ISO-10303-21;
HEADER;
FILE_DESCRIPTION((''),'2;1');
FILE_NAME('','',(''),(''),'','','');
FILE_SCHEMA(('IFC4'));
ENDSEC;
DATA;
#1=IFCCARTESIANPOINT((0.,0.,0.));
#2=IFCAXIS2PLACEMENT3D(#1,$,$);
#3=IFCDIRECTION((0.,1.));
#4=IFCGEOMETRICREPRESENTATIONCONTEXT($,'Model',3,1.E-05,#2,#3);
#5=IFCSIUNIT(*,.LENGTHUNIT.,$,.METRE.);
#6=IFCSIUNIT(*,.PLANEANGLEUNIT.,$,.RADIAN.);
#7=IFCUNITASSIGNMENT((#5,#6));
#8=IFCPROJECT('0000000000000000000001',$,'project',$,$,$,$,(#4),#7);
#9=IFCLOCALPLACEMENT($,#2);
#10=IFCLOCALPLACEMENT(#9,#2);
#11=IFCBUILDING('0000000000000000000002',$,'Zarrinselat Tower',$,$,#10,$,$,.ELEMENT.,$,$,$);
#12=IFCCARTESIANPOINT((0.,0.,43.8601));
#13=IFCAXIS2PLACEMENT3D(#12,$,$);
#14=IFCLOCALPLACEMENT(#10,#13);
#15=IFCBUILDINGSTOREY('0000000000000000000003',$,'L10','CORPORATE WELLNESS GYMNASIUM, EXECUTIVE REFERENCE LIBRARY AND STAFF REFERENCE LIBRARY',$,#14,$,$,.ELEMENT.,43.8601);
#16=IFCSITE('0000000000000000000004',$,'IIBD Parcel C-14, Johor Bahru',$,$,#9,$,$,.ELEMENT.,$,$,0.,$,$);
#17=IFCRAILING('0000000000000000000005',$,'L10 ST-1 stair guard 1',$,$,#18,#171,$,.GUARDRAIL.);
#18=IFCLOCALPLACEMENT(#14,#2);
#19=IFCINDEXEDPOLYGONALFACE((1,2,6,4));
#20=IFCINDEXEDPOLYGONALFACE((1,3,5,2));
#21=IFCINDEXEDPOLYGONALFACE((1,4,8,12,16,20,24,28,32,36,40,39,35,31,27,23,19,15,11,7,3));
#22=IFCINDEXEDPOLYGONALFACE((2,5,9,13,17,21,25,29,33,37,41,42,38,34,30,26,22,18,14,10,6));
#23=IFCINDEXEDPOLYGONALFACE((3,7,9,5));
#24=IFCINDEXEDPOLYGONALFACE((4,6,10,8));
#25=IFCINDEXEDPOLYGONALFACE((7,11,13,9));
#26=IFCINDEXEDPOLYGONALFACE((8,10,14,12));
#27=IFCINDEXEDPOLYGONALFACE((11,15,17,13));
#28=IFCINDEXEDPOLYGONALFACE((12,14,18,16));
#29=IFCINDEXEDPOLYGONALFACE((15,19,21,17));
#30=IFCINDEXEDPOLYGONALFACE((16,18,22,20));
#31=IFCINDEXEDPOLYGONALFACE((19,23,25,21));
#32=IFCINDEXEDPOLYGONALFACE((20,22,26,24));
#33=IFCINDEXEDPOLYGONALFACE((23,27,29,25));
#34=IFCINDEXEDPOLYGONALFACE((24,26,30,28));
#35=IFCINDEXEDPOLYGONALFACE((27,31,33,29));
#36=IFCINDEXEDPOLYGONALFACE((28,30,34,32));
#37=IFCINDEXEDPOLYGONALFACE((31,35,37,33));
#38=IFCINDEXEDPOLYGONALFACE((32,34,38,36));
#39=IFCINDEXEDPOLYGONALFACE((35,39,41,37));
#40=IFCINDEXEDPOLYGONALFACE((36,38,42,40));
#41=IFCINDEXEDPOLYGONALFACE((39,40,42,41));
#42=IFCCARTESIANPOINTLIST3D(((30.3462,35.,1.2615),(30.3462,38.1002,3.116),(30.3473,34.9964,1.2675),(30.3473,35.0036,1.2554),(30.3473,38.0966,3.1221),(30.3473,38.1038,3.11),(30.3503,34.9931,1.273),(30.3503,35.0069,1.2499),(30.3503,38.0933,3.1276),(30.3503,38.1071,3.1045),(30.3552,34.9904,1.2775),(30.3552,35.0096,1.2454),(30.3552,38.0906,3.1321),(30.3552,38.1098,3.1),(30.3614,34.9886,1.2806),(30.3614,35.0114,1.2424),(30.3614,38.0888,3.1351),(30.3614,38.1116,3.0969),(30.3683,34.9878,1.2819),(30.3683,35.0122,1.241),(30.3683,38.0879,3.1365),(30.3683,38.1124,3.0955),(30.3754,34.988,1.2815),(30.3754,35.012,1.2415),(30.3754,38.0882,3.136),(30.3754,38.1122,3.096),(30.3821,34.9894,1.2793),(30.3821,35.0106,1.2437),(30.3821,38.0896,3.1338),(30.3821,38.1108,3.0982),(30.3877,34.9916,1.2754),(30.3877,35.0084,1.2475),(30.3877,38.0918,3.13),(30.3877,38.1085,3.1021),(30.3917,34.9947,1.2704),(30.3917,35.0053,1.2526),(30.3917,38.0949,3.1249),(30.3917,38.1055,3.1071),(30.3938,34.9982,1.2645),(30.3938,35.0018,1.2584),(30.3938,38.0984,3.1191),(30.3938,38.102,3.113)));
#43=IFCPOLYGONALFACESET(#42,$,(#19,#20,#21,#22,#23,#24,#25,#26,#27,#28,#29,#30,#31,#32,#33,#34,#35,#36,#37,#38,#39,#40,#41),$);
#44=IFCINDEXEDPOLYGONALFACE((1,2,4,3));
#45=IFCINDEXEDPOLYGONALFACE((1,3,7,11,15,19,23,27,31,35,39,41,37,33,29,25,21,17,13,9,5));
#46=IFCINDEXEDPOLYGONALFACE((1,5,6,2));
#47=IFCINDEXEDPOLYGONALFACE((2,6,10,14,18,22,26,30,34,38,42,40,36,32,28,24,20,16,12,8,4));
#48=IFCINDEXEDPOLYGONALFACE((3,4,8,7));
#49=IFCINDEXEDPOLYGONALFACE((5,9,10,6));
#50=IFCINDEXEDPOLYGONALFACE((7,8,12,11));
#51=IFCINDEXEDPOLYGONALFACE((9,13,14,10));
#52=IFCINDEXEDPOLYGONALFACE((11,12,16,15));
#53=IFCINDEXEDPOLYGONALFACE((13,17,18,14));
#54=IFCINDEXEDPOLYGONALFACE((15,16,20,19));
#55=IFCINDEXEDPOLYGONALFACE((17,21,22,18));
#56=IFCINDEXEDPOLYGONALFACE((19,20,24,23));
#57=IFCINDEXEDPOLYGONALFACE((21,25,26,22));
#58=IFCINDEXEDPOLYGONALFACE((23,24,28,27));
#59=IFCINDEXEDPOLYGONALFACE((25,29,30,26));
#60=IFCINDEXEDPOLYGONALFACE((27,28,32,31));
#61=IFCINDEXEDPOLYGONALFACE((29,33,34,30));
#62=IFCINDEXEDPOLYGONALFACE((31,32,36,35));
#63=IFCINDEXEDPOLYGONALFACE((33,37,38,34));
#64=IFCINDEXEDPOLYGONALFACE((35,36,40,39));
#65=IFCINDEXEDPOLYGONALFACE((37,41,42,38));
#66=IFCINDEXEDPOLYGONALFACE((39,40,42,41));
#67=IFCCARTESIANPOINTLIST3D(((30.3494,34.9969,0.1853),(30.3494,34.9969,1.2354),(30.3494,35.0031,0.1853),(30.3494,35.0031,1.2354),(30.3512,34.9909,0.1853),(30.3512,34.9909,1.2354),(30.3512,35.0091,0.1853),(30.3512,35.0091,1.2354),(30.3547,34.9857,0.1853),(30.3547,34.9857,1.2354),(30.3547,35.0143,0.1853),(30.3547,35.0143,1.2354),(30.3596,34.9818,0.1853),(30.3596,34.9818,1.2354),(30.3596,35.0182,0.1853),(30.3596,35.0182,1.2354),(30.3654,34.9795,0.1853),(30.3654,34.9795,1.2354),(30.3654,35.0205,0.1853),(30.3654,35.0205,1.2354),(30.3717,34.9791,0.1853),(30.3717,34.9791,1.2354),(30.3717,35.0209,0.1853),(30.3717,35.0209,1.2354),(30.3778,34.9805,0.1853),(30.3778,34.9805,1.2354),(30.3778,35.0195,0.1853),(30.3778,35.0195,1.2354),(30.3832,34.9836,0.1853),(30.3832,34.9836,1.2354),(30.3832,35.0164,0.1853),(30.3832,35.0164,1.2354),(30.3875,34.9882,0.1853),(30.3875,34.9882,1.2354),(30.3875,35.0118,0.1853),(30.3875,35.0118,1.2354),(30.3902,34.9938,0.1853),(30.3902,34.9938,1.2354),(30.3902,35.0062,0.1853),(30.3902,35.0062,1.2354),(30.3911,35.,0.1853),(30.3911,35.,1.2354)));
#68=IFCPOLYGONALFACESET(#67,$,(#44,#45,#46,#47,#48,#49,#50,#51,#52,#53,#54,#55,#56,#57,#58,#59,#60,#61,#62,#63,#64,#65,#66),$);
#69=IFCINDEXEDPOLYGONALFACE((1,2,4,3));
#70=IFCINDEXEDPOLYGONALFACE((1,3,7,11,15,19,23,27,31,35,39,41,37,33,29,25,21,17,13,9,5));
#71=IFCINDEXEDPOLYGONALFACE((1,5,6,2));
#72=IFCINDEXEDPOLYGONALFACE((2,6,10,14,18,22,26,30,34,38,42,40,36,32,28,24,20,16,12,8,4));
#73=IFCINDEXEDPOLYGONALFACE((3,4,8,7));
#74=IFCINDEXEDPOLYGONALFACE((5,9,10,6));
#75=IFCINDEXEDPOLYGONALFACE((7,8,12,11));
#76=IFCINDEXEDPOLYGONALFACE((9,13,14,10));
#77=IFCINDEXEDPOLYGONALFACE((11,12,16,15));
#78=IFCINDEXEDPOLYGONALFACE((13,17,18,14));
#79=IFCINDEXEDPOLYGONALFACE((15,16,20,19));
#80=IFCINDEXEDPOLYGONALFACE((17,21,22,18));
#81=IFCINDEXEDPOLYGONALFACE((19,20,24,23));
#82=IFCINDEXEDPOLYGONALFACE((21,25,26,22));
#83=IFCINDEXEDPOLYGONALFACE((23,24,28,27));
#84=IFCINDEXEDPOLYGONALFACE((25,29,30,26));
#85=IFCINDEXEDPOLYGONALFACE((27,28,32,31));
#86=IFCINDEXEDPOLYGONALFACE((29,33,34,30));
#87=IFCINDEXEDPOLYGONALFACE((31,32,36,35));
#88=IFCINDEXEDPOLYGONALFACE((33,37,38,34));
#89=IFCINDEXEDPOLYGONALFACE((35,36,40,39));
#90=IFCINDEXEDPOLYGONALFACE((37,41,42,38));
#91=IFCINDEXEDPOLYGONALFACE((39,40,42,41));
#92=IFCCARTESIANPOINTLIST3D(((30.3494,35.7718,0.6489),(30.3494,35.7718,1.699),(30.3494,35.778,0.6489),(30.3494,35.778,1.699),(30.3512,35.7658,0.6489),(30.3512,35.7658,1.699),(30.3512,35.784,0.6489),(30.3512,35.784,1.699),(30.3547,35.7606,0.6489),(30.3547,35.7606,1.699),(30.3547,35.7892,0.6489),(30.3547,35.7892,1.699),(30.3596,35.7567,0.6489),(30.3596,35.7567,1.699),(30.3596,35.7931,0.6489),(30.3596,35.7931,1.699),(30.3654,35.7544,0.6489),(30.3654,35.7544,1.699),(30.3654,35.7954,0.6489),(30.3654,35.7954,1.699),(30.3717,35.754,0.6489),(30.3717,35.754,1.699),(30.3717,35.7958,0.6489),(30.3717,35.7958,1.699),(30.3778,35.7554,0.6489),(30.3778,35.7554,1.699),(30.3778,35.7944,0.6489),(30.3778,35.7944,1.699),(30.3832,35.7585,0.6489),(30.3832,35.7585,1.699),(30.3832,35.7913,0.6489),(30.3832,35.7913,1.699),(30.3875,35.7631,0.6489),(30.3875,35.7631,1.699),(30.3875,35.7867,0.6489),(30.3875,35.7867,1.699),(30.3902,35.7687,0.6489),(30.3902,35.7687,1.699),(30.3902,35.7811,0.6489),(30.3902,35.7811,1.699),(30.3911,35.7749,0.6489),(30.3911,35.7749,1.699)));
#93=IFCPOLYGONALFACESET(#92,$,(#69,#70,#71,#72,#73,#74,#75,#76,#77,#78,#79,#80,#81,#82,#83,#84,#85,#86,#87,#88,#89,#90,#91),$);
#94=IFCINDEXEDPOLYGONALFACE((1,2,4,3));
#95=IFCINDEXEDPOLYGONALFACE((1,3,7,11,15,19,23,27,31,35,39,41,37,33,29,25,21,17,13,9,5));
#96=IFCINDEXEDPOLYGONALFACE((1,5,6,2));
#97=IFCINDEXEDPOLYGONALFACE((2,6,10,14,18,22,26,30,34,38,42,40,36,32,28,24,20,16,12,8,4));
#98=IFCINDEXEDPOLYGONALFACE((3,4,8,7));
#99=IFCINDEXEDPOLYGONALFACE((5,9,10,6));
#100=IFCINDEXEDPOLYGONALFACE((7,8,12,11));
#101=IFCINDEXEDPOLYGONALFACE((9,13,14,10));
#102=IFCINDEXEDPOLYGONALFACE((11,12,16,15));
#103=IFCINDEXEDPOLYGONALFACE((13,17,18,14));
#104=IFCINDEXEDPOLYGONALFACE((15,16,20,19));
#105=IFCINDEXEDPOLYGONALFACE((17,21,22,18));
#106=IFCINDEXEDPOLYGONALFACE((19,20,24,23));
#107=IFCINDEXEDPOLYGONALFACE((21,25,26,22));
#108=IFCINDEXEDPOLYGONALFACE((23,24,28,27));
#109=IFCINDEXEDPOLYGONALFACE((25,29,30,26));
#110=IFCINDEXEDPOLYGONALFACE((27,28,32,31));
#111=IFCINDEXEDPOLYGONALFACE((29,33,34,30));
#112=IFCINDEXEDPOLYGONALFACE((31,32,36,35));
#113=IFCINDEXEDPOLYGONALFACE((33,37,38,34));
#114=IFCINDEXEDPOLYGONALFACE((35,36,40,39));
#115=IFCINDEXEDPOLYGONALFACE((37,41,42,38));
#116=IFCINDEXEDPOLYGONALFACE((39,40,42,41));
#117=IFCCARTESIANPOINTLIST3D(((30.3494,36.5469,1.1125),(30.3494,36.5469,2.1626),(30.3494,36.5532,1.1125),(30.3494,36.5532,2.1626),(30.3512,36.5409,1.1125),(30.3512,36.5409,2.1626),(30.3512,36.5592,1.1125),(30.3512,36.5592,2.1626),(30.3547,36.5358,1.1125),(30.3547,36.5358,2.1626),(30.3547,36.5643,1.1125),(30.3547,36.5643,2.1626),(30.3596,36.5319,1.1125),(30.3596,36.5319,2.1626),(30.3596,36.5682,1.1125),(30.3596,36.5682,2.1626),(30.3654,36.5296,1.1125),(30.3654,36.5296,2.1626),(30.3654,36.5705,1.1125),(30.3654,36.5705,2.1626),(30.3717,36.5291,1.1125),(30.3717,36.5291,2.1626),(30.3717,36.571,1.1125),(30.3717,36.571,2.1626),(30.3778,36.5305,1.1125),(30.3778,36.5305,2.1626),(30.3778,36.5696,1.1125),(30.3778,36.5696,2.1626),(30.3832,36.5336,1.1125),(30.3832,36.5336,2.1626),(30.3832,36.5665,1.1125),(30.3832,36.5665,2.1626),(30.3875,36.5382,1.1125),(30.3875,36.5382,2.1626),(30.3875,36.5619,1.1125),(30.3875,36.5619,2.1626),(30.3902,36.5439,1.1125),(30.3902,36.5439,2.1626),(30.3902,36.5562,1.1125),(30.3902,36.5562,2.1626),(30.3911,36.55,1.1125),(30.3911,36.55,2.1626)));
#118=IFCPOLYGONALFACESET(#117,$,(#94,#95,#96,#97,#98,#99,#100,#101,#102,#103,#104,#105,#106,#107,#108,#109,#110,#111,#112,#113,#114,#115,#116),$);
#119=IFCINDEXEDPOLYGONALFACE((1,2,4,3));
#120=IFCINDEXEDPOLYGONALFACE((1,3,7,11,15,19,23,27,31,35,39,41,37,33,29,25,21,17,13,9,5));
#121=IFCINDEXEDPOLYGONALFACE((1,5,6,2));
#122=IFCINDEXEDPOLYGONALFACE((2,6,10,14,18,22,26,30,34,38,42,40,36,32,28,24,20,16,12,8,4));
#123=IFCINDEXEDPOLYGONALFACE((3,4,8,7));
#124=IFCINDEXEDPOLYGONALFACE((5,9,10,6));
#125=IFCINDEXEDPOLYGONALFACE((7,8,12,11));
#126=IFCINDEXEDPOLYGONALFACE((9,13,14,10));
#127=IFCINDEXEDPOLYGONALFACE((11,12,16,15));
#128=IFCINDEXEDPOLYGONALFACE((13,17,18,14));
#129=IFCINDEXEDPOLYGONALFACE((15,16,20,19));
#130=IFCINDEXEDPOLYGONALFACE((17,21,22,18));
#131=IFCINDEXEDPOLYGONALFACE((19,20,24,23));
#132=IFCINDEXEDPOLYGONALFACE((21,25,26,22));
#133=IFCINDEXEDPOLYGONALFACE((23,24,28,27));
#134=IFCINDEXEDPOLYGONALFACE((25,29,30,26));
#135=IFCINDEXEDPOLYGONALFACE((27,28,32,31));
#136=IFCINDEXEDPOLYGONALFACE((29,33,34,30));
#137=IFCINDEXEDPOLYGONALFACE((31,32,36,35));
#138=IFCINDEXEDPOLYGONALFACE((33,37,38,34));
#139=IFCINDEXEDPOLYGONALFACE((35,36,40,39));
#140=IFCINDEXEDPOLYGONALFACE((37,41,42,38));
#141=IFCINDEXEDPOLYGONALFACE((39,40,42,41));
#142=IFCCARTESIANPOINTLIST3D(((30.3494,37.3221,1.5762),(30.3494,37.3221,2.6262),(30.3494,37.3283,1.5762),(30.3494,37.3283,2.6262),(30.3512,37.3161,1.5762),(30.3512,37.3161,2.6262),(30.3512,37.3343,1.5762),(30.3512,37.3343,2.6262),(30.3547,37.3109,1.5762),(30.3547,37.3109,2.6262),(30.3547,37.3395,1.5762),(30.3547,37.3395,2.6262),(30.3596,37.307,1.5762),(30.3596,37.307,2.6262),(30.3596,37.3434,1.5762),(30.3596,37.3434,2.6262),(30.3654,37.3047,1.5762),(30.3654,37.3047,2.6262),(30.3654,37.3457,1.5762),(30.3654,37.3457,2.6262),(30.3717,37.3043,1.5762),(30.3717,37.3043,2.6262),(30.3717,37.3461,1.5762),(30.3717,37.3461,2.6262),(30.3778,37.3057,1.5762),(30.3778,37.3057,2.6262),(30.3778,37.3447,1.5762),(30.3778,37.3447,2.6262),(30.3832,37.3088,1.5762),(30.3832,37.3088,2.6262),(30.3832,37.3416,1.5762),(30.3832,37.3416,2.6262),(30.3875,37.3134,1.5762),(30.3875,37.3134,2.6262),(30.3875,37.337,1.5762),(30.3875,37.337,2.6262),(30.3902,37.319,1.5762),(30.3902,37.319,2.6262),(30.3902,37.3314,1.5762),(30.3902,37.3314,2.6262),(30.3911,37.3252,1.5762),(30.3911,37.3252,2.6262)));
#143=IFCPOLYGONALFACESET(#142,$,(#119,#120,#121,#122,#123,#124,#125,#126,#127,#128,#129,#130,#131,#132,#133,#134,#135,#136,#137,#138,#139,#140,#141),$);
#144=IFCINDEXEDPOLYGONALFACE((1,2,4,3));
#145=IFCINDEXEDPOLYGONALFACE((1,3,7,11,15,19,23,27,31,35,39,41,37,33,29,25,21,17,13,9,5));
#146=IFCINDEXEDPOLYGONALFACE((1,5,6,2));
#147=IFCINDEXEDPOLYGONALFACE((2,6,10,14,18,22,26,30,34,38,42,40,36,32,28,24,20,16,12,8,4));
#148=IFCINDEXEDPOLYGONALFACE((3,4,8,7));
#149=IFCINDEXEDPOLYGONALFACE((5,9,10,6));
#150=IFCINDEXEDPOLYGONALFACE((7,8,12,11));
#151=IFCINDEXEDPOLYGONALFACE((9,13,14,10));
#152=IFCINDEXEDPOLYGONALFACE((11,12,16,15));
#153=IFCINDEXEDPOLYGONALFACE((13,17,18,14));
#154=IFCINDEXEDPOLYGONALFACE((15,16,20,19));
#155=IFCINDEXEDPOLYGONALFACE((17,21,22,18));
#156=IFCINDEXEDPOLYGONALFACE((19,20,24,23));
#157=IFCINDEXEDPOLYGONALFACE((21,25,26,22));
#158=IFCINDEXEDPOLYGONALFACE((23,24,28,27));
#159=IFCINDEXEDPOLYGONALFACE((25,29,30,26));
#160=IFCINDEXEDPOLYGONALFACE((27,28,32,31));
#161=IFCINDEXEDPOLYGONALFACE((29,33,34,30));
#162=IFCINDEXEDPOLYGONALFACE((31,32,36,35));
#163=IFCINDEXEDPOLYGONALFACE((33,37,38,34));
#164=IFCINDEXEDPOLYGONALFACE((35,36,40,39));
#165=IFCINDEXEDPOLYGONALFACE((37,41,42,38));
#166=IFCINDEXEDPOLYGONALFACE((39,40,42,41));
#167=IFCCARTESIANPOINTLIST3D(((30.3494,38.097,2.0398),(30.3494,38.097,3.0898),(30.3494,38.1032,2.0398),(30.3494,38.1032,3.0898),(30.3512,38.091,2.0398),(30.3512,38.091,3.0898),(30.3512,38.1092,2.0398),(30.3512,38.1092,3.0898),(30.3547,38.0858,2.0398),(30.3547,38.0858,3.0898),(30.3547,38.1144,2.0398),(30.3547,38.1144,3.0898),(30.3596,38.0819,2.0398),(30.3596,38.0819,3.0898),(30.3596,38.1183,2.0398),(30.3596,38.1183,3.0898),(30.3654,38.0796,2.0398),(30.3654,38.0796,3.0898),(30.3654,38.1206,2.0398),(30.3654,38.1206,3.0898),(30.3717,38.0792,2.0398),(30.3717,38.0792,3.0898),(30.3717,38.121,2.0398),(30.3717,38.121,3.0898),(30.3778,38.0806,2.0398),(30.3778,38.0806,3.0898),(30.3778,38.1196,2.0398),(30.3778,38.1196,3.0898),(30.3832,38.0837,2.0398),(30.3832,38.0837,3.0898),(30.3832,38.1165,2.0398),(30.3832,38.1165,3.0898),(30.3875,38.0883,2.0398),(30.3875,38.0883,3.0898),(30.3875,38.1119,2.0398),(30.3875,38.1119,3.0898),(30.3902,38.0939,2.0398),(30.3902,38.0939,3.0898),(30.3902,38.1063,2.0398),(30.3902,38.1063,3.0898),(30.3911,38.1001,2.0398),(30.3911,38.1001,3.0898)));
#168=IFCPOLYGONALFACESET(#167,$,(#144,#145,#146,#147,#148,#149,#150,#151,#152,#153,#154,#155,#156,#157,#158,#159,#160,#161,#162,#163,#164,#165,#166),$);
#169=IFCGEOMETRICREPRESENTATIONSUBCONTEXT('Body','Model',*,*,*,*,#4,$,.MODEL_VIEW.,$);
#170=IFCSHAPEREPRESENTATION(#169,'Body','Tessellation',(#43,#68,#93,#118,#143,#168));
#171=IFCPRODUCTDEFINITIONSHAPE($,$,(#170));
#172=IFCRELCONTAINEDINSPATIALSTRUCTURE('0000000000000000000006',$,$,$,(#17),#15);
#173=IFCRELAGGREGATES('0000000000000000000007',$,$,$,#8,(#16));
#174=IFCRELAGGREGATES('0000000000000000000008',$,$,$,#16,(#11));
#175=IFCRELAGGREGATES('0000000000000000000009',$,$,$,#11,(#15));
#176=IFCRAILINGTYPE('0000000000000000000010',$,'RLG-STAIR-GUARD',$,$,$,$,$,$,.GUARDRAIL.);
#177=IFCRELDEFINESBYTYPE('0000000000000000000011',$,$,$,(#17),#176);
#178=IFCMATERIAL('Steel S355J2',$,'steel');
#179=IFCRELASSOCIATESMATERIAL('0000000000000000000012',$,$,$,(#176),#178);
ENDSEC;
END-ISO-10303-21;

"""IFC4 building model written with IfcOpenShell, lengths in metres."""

from ifc_helpers import new_model, si_unit, direction, frame, origin, origin_2d, place, context, subcontext, project, spatial, circle, extrude, material, type_object, element, save


model = new_model("IFC4")

# Units and contexts
model_context = context("Model", 3, precision=1e-05, world=origin(), true_north=direction((0.0, 1.0)))
body_context = subcontext(model_context, "Body", "Model", "MODEL_VIEW")
ifc_project = project(units=[si_unit("LENGTHUNIT", "METRE"), si_unit("PLANEANGLEUNIT", "RADIAN")], contexts=[model_context])

# Site, building, storey
site_placement = place(None, origin())
site = spatial("IfcSite", under=ifc_project, at=site_placement, Name="IIBD Parcel C-14, Johor Bahru", CompositionType="ELEMENT", RefElevation=0.0)
building_placement = place(site_placement, origin())
building = spatial("IfcBuilding", under=site, at=building_placement, Name="Zarrinselat Tower", CompositionType="ELEMENT")
storey_placement = place(building_placement, frame((0.0, 0.0, 43.8601)))
storey = spatial("IfcBuildingStorey", under=building, at=storey_placement, Name="L10", Description="CORPORATE WELLNESS GYMNASIUM, EXECUTIVE REFERENCE LIBRARY AND STAFF REFERENCE LIBRARY", CompositionType="ELEMENT", Elevation=43.8601)

# Railing
ifc_material_1 = material(Name="Steel S355J2", Category="steel")
railing_type_1 = type_object("IfcRailingType", Name="RLG-STAIR-GUARD", PredefinedType="GUARDRAIL", material=ifc_material_1)
railing_1_placement = place(storey_placement, frame((30.3701, 35.0, 0.1853)))
element("IfcRailing", 1, at=railing_1_placement, inside=storey, type_object=railing_type_1, Name="L10 ST-1 stair guard 1", PredefinedType="GUARDRAIL", context=body_context, shape_type="SweptSolid", body=[
    extrude(circle(Radius=0.0239, at=origin_2d()), frame((0.0, 0.0, 1.0762), z_axis=(0.0, 0.858172, 0.513362), x_axis=(-1.0, 0.0, 0.0)), (0.0, 0.0, 1.0), 3.6125),
    extrude(circle(Radius=0.021, at=origin_2d()), origin(), (0.0, 0.0, 1.0), 1.05),
    extrude(circle(Radius=0.021, at=origin_2d()), frame((0.0, 0.7749, 0.4636)), (0.0, 0.0, 1.0), 1.05),
    extrude(circle(Radius=0.021, at=origin_2d()), frame((0.0, 1.55, 0.9272)), (0.0, 0.0, 1.0), 1.05),
    extrude(circle(Radius=0.021, at=origin_2d()), frame((0.0, 2.3252, 1.3909)), (0.0, 0.0, 1.0), 1.05),
    extrude(circle(Radius=0.021, at=origin_2d()), frame((0.0, 3.1001, 1.8545)), (0.0, 0.0, 1.0), 1.05),
])

save(model, "model.ifc")
